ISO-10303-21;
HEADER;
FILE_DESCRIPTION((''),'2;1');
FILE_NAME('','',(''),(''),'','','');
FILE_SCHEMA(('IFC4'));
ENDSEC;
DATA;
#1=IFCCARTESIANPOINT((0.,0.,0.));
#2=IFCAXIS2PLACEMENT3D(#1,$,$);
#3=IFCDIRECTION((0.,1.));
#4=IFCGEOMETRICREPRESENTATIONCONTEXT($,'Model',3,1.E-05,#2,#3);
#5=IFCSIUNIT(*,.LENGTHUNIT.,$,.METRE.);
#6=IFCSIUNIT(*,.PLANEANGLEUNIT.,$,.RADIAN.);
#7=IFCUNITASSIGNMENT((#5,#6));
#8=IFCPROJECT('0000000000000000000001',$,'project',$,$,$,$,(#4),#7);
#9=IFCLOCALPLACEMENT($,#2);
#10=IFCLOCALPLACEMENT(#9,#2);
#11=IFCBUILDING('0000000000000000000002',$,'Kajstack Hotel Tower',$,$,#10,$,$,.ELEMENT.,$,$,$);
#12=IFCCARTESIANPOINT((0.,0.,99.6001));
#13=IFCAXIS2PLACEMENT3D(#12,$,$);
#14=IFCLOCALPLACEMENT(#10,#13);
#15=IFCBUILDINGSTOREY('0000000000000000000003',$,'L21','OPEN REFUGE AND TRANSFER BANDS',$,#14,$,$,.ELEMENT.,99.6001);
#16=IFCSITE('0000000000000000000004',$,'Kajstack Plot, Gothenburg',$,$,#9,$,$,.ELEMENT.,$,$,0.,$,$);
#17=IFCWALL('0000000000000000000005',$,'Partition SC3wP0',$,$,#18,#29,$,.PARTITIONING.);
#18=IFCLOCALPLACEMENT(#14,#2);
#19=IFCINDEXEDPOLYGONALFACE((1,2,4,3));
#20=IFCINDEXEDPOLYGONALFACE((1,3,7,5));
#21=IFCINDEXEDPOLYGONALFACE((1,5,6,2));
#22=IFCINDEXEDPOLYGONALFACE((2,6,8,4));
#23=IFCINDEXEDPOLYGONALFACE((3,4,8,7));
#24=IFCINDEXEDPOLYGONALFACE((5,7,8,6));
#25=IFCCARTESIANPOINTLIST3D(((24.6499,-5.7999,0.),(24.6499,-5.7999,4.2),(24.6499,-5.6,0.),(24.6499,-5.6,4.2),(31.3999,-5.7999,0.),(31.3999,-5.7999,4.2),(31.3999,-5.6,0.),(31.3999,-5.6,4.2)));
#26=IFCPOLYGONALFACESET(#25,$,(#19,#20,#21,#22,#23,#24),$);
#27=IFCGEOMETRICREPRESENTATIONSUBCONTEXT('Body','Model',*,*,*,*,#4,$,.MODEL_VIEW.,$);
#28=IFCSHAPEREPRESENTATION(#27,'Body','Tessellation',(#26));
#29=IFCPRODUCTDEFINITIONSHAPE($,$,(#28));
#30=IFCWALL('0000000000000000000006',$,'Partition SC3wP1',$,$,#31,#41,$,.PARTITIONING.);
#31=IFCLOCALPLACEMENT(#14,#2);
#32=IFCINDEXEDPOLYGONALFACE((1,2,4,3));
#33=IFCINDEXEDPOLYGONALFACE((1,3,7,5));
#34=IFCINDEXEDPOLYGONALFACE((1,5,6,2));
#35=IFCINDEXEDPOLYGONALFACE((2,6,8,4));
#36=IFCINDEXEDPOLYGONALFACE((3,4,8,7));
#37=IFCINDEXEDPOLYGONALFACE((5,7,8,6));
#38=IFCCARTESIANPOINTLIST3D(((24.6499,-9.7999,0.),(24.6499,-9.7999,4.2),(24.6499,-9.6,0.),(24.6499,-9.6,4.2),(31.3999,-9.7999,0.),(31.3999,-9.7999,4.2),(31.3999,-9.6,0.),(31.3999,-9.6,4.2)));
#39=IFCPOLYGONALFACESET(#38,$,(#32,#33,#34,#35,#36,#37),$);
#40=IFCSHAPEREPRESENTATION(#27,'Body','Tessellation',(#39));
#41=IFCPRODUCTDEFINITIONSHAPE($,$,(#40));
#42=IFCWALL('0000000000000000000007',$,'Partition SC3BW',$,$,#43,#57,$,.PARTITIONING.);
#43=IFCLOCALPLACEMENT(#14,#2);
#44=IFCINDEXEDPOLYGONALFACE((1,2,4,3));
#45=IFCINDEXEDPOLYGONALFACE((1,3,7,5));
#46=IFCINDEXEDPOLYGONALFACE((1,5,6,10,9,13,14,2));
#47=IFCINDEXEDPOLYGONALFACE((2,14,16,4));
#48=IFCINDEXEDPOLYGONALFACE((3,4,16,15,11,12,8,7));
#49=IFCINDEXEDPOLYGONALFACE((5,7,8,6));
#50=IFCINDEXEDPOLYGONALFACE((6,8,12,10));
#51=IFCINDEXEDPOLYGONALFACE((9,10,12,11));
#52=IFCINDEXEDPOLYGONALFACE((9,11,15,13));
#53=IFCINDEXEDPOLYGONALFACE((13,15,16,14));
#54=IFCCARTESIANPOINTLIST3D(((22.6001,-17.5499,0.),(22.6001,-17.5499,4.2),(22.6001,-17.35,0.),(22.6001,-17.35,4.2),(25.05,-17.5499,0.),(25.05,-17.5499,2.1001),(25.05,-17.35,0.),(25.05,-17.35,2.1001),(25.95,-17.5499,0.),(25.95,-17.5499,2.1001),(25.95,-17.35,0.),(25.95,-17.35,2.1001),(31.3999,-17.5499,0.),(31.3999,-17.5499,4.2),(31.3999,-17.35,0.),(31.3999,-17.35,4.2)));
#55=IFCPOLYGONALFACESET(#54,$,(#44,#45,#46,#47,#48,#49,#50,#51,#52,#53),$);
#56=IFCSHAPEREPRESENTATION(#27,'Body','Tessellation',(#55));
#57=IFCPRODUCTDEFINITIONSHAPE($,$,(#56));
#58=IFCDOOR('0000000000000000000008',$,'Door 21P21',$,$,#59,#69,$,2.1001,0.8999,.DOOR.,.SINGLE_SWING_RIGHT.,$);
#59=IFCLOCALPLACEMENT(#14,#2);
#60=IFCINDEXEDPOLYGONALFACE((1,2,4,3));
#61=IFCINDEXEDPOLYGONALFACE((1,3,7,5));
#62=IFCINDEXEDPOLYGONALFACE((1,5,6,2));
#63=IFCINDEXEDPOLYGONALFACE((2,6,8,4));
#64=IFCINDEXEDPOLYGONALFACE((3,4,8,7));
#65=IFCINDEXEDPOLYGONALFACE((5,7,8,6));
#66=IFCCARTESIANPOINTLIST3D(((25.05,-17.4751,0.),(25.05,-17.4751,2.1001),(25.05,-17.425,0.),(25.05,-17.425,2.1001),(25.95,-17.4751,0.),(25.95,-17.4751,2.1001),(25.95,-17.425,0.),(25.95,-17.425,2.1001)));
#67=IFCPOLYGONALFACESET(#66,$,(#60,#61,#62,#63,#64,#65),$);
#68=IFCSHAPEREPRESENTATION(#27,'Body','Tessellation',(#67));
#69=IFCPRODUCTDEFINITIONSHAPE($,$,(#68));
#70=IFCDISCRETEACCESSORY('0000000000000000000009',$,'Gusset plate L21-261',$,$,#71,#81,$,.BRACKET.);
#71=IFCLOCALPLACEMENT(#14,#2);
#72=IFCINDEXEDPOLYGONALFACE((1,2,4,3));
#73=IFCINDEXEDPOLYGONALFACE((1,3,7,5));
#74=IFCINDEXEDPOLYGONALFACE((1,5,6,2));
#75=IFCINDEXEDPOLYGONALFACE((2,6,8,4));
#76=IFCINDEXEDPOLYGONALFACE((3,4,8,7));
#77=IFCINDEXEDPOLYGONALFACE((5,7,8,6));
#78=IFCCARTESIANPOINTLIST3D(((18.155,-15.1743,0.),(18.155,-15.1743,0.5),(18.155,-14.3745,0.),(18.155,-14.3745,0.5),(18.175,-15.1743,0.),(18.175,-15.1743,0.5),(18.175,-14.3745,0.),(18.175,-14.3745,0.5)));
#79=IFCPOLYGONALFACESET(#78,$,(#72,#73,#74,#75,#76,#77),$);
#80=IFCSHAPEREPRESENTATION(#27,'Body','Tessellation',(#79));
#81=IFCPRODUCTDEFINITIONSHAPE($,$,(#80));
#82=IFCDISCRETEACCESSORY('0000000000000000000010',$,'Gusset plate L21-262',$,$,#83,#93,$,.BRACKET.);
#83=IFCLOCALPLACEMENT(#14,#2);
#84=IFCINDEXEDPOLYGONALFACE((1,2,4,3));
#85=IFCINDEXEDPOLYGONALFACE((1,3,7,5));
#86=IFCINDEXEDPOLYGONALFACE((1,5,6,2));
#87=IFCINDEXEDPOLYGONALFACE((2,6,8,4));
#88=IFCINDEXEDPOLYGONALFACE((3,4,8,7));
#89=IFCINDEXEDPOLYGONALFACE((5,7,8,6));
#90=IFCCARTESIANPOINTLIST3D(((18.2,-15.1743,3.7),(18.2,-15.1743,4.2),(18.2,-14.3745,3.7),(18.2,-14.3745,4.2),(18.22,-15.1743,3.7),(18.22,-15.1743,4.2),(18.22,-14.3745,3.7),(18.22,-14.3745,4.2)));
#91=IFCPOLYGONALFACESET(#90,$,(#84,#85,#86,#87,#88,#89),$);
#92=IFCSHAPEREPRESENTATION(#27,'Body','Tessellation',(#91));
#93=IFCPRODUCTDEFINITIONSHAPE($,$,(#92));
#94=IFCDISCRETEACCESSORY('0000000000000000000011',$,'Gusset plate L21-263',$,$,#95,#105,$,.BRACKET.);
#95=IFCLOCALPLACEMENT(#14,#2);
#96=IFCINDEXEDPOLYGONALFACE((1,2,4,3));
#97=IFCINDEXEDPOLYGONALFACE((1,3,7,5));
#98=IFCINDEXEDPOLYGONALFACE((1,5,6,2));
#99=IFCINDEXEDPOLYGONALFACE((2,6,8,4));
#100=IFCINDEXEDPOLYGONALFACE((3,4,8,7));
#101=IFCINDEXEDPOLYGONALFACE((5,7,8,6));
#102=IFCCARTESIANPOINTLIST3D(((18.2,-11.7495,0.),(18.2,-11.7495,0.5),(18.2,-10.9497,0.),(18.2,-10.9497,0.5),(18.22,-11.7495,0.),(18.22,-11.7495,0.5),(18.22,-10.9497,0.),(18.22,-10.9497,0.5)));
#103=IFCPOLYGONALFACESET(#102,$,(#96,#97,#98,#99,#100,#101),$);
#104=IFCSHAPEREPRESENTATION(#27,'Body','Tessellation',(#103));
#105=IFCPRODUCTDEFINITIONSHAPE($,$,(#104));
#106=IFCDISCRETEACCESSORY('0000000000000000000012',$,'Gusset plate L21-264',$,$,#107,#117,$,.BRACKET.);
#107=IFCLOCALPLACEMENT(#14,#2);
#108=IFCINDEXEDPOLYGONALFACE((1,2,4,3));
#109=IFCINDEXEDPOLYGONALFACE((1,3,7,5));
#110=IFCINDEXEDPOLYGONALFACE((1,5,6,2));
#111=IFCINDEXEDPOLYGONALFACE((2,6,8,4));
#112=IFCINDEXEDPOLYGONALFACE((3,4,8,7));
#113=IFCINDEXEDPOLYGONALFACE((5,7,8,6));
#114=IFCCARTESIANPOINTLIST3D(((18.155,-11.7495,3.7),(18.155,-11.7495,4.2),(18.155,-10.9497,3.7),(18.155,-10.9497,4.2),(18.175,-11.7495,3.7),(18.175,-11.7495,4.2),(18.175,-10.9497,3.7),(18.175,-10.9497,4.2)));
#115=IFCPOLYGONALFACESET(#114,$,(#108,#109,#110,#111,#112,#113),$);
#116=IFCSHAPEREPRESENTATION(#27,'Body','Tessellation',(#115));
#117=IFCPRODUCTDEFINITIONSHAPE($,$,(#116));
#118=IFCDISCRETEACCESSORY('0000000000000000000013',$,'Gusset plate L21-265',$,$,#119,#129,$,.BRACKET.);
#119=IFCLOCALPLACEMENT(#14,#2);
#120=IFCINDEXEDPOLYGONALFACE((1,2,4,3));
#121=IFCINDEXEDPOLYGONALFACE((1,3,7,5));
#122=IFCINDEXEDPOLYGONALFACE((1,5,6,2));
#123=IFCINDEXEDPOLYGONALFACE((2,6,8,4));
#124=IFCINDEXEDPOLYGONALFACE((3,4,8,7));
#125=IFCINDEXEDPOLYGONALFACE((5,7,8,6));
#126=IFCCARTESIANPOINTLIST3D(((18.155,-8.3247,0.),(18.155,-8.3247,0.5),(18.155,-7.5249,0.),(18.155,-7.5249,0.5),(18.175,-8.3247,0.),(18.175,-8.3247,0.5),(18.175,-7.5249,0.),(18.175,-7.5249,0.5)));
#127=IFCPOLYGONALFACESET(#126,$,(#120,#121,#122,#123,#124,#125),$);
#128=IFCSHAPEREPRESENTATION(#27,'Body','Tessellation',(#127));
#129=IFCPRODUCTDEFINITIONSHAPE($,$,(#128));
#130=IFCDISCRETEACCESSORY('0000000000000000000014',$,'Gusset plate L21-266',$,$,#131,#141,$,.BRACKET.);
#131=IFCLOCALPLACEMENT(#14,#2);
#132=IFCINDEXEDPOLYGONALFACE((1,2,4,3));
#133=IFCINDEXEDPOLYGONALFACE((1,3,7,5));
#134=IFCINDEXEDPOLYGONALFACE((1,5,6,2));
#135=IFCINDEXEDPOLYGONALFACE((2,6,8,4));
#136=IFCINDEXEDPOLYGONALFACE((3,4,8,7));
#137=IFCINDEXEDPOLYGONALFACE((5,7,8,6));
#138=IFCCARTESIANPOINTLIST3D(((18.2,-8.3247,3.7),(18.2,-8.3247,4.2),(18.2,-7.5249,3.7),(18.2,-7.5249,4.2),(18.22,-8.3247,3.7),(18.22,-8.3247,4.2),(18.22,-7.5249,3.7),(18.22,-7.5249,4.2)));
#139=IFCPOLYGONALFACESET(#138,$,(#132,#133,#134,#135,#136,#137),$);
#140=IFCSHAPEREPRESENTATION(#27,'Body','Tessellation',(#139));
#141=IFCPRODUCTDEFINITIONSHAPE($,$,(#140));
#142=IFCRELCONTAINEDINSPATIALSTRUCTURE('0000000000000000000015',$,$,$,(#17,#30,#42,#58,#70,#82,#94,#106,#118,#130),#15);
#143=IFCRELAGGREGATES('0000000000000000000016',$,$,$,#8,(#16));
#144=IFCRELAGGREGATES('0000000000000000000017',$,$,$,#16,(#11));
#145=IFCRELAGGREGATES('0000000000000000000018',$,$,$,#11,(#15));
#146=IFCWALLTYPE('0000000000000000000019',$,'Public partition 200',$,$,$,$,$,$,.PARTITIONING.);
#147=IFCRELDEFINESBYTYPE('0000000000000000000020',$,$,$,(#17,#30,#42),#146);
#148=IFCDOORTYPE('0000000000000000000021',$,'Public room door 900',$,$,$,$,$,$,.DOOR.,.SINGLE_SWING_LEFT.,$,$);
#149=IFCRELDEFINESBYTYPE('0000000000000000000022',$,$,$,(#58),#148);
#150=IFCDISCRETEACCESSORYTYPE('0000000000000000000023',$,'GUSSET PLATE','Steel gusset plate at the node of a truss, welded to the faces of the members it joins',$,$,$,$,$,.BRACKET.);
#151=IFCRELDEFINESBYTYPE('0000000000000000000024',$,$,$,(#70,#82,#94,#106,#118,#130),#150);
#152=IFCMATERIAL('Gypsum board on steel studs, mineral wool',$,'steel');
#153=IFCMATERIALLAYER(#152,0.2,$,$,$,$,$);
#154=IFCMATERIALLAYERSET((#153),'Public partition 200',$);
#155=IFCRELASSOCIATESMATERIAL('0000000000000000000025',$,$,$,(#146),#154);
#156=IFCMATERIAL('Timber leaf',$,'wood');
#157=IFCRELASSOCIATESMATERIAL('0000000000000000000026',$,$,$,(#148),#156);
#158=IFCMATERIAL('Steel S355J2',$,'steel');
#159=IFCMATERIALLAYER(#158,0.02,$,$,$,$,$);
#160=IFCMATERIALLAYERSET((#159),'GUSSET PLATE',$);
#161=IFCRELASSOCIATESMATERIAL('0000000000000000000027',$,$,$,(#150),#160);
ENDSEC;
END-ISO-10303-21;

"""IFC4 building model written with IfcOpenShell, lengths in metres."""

from ifc_helpers import new_model, si_unit, direction, frame, frame_2d, origin, place, context, subcontext, project, spatial, polyline, rectangle, outline, extrude, material, layer, layer_set, type_object, element, fill, save


model = new_model("IFC4")

# Units and contexts
model_context = context("Model", 3, precision=1e-05, world=origin(), true_north=direction((0.0, 1.0)))
body_context = subcontext(model_context, "Body", "Model", "MODEL_VIEW")
ifc_project = project(units=[si_unit("LENGTHUNIT", "METRE"), si_unit("PLANEANGLEUNIT", "RADIAN")], contexts=[model_context])

# Site, building, storey
site_placement = place(None, origin())
site = spatial("IfcSite", under=ifc_project, at=site_placement, Name="Kajstack Plot, Gothenburg", CompositionType="ELEMENT", RefElevation=0.0)
building_placement = place(site_placement, origin())
building = spatial("IfcBuilding", under=site, at=building_placement, Name="Kajstack Hotel Tower", CompositionType="ELEMENT")
storey_placement = place(building_placement, frame((0.0, 0.0, 99.6001)))
storey = spatial("IfcBuildingStorey", under=building, at=storey_placement, Name="L21", Description="OPEN REFUGE AND TRANSFER BANDS", CompositionType="ELEMENT", Elevation=99.6001)

# Shared definitions
ifc_material_1 = material(Name="Steel S355J2", Category="steel")

# Shared definitions
ifc_material_2 = material(Name="Gypsum board on steel studs, mineral wool", Category="steel")
ifc_layer_1 = layer(ifc_material_2, 0.2)
ifc_layer_set_1 = layer_set([ifc_layer_1], Name="Public partition 200")
wall_type = type_object("IfcWallType", Name="Public partition 200", PredefinedType="PARTITIONING", material=ifc_layer_set_1)
ifc_material_3 = material(Name="Timber leaf", Category="wood")
door_type = type_object("IfcDoorType", Name="Public room door 900", OperationType="SINGLE_SWING_LEFT", PredefinedType="DOOR", material=ifc_material_3)

# Walls
for number, where, z_axis, x_axis, name in (
    (1, (24.6499, -5.7, 0.0), (0.0, 0.0, 1.0), (1.0, 0.0, 0.0), "Partition SC3wP0"),
    (2, (24.6499, -9.7, 0.0), (0.0, 0.0, 1.0), (1.0, 0.0, 0.0), "Partition SC3wP1"),
):
    element("IfcWall", number, at=place(storey_placement, frame(where, z_axis=z_axis, x_axis=x_axis)), inside=storey, type_object=wall_type, Name=name, PredefinedType="PARTITIONING", context=body_context, shape_type="SweptSolid", body=[
        extrude(rectangle(XDim=6.75, YDim=0.2, at=frame_2d((3.375, 0.0))), origin(), (0.0, 0.0, 1.0), 4.2),
    ])

# Wall, opening, door
wall_1_placement = place(storey_placement, frame((22.6001, -17.45, 0.0), z_axis=(0.0, 0.0, 1.0), x_axis=(1.0, 0.0, 0.0)))
wall_1 = element("IfcWall", 3, at=wall_1_placement, inside=storey, type_object=wall_type, Name="Partition SC3BW", PredefinedType="PARTITIONING", context=body_context, shape_type="SweptSolid", body=[
    extrude(rectangle(XDim=8.7998, YDim=0.2, at=frame_2d((4.3999, 0.0))), origin(), (0.0, 0.0, 1.0), 4.2),
])
opening_1_placement = place(wall_1_placement, frame((2.45, 0.0, 0.0)))
opening_1 = element("IfcOpeningElement", 4, at=opening_1_placement, cuts=wall_1, PredefinedType="OPENING", context=body_context, shape_type="SweptSolid", body=[
    extrude(rectangle(XDim=0.8999, YDim=2.1001, at=frame_2d((0.45, 1.05))), frame((0.0, 0.1099, 0.0), z_axis=(0.0, -1.0, 0.0), x_axis=(1.0, 0.0, 0.0)), (0.0, 0.0, 1.0), 0.22),
])
door_1_placement = place(opening_1_placement, origin())
door_1 = element("IfcDoor", 5, at=door_1_placement, inside=storey, type_object=door_type, Name="Door 21P21", OperationType="SINGLE_SWING_RIGHT", OverallHeight=2.1001, OverallWidth=0.8999, PredefinedType="DOOR", context=body_context, shape_type="SweptSolid", body=[
    extrude(rectangle(XDim=0.8999, YDim=2.1001, at=frame_2d((0.45, 1.05))), frame((0.0, 0.0249, 0.0), z_axis=(0.0, -1.0, 0.0), x_axis=(1.0, 0.0, 0.0)), (0.0, 0.0, 1.0), 0.05),
])
fill(opening_1, door_1)

# Discrete accessories
ifc_layer_2 = layer(ifc_material_1, 0.02)
ifc_layer_set_2 = layer_set([ifc_layer_2], Name="GUSSET PLATE")
discrete_accessory_type = type_object("IfcDiscreteAccessoryType", Name="GUSSET PLATE", Description="Steel gusset plate at the node of a truss, welded to the faces of the members it joins", PredefinedType="BRACKET", material=ifc_layer_set_2)
for number, where, z_axis, x_axis, name in (
    (6, (18.155, -14.7744, 0.0), (1.0, 0.0, 0.0), (0.0, 1.0, 0.0), "Gusset plate L21-261"),
    (7, (18.2, -14.7744, 3.7), (1.0, 0.0, 0.0), (0.0, 1.0, 0.0), "Gusset plate L21-262"),
    (8, (18.2, -11.3496, 0.0), (1.0, 0.0, 0.0), (0.0, 1.0, 0.0), "Gusset plate L21-263"),
    (9, (18.155, -11.3496, 3.7), (1.0, 0.0, 0.0), (0.0, 1.0, 0.0), "Gusset plate L21-264"),
    (10, (18.155, -7.9248, 0.0), (1.0, 0.0, 0.0), (0.0, 1.0, 0.0), "Gusset plate L21-265"),
    (11, (18.2, -7.9248, 3.7), (1.0, 0.0, 0.0), (0.0, 1.0, 0.0), "Gusset plate L21-266"),
):
    element("IfcDiscreteAccessory", number, at=place(storey_placement, frame(where, z_axis=z_axis, x_axis=x_axis)), inside=storey, type_object=discrete_accessory_type, Name=name, PredefinedType="BRACKET", context=body_context, shape_type="SweptSolid", body=[
        extrude(outline(polyline([(-0.3999, 0.0), (0.3999, 0.0), (0.3999, 0.5), (-0.3999, 0.5), (-0.3999, 0.0)])), origin(), (0.0, 0.0, 1.0), 0.02),
    ])

save(model, "model.ifc")
